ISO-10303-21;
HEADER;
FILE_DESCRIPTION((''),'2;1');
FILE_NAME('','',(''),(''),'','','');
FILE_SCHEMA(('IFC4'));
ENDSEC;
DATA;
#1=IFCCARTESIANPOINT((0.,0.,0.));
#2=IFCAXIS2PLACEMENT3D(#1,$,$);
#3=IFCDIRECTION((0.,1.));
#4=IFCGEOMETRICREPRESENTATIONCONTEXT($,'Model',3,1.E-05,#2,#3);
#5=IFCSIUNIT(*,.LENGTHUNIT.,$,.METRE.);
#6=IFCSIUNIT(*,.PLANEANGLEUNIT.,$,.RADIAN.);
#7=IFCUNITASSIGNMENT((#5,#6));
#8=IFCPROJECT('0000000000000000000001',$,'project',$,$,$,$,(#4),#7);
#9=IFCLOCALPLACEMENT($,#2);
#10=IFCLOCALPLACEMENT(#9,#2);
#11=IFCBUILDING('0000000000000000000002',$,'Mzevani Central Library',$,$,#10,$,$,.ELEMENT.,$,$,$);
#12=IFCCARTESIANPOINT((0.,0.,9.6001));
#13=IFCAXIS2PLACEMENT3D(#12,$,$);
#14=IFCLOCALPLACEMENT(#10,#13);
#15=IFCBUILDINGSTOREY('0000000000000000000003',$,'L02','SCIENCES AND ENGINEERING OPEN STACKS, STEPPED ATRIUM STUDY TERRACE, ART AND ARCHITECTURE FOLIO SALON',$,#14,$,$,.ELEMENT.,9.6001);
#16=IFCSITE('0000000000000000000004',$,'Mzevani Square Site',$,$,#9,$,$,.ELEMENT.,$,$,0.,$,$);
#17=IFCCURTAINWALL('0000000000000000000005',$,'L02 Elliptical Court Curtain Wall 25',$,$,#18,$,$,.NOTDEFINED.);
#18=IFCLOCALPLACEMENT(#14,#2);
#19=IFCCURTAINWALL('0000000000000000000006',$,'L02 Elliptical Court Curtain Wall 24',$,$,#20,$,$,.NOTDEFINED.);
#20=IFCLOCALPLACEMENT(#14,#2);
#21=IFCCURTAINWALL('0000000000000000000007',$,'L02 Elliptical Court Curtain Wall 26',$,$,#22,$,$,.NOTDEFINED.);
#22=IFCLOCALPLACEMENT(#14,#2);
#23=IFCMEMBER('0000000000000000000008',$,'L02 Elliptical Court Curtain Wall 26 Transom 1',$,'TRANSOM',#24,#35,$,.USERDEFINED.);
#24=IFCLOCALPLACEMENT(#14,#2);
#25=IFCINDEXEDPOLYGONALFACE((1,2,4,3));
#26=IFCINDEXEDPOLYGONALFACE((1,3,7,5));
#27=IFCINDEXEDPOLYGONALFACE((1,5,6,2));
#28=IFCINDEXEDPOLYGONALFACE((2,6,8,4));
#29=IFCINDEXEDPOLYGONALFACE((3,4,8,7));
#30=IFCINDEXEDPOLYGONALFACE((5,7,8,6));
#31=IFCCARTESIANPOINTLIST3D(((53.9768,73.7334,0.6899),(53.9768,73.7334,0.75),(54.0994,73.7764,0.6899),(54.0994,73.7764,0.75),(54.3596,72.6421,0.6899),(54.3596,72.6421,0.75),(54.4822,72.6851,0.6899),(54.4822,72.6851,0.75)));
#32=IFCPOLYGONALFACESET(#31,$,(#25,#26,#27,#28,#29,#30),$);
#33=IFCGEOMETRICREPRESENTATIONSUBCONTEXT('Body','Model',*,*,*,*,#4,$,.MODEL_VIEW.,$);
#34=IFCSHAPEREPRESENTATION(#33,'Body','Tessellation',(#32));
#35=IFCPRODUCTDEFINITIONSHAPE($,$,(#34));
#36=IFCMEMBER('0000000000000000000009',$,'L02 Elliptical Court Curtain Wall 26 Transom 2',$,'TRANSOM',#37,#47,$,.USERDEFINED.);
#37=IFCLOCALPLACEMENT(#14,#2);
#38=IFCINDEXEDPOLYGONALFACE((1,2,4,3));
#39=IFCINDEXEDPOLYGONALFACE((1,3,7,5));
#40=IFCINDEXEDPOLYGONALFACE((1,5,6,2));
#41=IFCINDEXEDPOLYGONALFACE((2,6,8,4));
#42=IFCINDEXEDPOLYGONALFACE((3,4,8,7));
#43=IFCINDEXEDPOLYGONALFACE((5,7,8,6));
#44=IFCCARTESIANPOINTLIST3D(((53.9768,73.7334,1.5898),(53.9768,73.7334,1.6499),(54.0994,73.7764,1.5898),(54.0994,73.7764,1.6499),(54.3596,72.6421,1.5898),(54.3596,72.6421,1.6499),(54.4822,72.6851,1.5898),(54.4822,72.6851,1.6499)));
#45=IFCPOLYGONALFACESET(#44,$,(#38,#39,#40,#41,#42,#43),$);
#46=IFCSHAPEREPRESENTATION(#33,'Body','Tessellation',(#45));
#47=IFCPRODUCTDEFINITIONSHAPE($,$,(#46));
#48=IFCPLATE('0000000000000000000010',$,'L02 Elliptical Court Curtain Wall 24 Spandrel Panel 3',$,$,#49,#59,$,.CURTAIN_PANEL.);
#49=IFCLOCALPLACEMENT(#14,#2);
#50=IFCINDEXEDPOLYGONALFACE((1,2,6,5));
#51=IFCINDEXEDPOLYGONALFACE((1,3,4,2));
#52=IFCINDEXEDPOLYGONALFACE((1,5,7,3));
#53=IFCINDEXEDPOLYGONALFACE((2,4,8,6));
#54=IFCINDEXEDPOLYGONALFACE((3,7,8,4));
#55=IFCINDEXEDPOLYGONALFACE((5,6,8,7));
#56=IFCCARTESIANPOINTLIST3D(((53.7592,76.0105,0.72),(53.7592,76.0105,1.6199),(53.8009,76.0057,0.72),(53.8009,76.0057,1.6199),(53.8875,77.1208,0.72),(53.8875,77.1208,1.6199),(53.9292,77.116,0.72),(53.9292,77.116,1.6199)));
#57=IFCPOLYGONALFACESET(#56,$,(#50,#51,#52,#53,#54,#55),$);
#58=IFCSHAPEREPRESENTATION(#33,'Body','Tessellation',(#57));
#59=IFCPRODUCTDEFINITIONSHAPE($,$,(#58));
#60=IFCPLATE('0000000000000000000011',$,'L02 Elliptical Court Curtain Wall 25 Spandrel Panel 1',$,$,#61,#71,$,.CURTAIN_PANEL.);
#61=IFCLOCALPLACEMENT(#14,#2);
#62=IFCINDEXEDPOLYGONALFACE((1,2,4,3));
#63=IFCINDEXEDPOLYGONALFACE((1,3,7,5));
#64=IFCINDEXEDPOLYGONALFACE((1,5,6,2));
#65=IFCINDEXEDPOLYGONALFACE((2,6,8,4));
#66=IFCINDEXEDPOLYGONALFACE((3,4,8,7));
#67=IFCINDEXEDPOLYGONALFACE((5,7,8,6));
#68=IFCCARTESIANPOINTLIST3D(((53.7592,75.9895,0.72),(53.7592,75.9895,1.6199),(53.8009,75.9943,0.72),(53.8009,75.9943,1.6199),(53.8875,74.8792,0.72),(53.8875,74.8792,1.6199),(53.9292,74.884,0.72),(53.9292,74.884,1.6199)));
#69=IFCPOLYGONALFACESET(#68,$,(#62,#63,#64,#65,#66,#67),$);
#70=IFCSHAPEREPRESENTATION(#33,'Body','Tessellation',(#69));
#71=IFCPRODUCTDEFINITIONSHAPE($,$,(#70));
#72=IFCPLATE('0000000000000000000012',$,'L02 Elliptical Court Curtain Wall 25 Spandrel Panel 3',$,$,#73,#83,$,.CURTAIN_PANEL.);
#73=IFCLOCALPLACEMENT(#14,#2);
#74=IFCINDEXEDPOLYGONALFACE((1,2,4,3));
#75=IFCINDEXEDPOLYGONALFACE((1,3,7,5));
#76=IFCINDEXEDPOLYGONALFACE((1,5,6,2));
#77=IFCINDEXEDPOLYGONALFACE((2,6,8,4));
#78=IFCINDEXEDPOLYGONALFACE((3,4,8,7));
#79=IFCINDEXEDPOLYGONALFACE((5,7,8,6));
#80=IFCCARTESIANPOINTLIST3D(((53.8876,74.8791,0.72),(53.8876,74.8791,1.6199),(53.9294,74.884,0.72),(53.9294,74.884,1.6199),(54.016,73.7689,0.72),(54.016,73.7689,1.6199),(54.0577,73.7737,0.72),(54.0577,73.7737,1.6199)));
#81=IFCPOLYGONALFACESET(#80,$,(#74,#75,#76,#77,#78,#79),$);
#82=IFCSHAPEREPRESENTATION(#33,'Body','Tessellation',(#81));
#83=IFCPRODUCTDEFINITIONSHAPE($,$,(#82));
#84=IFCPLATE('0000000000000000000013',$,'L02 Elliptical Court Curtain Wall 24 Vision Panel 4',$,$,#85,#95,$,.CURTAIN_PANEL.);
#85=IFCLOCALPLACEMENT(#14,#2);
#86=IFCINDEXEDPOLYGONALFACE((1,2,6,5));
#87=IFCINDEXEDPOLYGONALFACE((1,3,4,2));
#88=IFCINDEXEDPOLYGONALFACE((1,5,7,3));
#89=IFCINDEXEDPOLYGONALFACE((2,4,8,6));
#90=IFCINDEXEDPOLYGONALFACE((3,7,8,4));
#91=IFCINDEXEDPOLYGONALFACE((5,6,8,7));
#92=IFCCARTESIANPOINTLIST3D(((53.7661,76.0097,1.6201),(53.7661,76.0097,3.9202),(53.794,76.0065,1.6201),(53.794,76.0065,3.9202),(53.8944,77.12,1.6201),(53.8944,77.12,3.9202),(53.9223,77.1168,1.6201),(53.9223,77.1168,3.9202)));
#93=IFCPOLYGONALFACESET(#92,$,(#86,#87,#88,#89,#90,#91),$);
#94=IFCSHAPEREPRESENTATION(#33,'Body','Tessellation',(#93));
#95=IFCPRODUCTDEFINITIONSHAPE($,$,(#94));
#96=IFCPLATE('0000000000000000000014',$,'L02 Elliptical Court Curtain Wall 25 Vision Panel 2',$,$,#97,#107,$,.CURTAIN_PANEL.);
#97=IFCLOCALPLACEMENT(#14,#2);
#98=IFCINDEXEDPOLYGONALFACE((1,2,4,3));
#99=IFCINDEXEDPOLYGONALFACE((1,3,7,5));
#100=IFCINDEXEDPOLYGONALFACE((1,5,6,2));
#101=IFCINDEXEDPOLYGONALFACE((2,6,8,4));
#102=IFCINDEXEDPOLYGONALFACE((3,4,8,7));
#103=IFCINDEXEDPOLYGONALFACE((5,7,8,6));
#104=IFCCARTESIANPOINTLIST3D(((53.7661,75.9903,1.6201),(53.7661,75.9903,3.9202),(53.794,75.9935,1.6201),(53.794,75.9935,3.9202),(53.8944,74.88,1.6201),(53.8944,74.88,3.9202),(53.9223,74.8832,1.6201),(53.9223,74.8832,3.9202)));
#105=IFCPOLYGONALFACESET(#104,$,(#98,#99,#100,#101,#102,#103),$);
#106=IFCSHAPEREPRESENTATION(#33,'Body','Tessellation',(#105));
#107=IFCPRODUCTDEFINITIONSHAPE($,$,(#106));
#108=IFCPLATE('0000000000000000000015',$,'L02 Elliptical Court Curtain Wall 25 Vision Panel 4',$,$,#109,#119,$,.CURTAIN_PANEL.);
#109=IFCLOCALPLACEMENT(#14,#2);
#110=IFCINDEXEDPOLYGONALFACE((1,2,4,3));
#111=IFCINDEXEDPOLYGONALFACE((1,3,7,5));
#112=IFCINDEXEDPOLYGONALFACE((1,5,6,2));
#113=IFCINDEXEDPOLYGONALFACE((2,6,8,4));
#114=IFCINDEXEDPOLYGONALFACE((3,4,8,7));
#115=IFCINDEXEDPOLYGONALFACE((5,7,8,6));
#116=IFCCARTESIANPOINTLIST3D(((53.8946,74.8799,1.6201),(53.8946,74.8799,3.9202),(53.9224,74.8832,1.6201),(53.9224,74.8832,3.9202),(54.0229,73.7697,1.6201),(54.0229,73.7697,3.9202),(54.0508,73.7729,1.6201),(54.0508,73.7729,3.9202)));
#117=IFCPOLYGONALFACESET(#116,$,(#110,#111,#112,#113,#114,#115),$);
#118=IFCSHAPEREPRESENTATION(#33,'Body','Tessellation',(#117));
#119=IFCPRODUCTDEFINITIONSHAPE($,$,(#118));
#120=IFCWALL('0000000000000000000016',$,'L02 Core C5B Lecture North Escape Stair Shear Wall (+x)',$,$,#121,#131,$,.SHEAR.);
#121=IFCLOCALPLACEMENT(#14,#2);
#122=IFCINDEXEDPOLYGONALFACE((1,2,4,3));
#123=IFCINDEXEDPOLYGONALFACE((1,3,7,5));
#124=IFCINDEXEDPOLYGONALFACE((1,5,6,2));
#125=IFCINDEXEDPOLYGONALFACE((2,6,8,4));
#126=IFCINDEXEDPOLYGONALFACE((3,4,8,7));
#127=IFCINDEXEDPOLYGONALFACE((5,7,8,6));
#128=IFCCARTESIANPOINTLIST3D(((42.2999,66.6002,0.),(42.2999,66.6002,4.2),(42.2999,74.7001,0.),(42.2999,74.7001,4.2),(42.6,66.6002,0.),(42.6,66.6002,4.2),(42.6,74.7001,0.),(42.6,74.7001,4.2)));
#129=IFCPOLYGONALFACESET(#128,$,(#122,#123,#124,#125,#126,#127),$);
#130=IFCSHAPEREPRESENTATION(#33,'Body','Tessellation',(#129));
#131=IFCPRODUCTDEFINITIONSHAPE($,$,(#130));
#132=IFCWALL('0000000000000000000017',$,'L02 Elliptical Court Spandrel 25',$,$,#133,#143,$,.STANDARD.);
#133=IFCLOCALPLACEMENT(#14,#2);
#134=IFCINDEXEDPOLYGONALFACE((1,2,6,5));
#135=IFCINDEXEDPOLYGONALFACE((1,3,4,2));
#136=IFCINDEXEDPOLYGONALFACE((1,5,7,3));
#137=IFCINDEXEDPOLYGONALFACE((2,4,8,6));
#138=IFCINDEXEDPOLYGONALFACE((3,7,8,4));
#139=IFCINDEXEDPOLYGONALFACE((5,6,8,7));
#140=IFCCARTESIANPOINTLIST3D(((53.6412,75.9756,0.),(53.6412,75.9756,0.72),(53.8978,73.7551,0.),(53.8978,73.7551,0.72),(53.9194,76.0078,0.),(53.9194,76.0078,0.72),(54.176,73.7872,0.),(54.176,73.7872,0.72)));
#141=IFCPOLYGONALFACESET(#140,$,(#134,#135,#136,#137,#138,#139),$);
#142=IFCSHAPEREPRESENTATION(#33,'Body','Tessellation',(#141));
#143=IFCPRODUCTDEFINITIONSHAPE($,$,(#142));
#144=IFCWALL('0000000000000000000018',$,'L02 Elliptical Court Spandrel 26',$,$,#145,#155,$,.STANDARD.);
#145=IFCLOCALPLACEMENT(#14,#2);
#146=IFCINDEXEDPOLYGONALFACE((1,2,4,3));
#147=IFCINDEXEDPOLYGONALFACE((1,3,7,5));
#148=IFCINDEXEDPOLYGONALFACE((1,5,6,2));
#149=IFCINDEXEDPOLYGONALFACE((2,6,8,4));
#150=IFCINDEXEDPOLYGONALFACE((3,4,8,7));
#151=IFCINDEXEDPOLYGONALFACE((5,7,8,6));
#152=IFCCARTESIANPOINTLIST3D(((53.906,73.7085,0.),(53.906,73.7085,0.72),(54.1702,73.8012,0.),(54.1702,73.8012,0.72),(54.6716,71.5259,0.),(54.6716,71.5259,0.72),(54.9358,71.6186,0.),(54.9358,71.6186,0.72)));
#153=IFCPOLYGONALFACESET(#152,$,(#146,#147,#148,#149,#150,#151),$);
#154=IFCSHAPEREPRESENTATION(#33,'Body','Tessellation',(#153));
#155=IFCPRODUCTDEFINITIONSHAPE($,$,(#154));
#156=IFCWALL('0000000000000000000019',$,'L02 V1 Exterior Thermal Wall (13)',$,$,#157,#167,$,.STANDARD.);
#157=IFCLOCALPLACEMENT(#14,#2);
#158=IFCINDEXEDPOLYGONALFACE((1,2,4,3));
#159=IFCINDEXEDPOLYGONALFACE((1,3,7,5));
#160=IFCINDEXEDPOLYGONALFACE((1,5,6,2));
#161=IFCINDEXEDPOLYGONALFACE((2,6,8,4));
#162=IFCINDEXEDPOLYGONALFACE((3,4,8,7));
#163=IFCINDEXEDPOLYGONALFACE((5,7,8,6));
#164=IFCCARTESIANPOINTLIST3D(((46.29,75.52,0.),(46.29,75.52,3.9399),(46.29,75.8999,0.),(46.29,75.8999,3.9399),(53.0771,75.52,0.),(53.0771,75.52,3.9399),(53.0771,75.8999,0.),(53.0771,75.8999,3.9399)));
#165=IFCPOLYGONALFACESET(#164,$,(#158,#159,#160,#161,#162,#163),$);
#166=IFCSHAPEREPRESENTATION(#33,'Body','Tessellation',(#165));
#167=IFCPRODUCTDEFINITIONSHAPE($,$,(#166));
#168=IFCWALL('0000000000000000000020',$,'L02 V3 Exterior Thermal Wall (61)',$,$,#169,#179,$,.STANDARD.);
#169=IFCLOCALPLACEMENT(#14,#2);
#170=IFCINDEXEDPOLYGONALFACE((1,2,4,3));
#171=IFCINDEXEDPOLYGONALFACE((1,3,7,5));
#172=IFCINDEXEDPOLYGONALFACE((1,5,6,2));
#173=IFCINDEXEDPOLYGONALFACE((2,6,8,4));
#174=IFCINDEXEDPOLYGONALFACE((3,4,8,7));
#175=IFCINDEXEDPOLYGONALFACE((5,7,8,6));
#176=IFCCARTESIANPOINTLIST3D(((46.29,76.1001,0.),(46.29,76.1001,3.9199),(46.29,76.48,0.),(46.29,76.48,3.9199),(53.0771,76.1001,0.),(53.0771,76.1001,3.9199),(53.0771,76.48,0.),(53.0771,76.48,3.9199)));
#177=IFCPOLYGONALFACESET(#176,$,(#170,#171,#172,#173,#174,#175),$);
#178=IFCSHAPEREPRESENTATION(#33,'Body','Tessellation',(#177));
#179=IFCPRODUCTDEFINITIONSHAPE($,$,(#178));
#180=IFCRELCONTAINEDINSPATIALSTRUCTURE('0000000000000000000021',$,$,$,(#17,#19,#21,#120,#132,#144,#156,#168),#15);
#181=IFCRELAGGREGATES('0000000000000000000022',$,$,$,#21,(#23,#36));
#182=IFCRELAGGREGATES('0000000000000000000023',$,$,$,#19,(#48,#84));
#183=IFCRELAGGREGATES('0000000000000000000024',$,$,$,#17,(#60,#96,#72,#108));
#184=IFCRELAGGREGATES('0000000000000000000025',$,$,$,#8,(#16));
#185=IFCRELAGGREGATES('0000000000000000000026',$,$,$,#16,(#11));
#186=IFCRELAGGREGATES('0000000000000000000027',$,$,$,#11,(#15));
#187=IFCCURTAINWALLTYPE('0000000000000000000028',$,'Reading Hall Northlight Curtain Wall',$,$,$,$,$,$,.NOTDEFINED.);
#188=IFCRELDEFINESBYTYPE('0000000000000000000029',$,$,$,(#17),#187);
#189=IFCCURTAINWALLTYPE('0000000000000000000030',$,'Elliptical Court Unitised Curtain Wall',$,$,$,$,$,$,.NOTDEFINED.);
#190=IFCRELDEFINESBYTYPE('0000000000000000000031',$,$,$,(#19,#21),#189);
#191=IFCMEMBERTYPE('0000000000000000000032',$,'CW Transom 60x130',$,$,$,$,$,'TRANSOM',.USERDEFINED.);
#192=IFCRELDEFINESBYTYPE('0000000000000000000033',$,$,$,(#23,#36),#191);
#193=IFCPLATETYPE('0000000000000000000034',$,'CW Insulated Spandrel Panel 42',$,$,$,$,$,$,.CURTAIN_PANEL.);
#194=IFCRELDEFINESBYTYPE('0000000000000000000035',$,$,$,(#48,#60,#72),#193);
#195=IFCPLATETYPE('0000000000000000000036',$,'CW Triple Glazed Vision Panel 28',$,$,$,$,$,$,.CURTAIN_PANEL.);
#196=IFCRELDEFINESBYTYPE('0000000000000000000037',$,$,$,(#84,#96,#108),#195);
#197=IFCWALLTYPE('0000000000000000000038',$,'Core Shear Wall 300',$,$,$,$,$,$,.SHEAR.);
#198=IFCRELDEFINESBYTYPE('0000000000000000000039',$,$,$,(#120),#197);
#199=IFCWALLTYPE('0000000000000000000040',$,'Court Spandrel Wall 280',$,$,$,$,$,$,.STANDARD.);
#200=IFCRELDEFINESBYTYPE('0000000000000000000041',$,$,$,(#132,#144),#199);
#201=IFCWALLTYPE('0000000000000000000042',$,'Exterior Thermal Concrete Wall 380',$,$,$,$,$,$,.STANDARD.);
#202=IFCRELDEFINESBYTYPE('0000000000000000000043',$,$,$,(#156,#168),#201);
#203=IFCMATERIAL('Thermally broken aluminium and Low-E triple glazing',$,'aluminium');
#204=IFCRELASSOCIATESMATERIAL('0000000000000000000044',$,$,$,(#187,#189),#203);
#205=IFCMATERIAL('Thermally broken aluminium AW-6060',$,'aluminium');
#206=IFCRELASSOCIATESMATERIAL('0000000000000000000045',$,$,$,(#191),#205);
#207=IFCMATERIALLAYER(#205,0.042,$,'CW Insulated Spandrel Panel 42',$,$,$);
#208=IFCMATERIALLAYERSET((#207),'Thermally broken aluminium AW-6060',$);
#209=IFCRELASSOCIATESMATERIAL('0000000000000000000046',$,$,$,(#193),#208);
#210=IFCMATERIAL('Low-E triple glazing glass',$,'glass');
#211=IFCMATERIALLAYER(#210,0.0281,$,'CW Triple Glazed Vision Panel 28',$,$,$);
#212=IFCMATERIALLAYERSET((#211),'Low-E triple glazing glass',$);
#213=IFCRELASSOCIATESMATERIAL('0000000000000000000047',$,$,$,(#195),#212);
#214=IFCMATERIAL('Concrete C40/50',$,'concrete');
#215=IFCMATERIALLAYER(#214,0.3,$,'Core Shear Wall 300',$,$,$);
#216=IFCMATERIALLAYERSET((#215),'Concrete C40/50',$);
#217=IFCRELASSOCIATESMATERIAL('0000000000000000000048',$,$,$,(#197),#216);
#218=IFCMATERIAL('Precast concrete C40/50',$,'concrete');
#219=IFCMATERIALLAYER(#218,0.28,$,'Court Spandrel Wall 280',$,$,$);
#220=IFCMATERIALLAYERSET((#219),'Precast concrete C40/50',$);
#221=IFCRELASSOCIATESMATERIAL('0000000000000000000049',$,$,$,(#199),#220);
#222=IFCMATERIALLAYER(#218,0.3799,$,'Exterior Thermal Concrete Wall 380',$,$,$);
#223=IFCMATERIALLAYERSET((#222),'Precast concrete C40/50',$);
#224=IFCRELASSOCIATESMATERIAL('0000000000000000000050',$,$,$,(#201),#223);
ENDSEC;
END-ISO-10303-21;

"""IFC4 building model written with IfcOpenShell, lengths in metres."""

from ifc_helpers import new_model, si_unit, direction, frame, frame_2d, origin, origin_2d, place, context, subcontext, project, spatial, rectangle, extrude, material, layer, layer_set, material_profile, profile_set, type_object, element, aggregate, save


model = new_model("IFC4")

# Units and contexts
model_context = context("Model", 3, precision=1e-05, world=origin(), true_north=direction((0.0, 1.0)))
body_context = subcontext(model_context, "Body", "Model", "MODEL_VIEW")
ifc_project = project(units=[si_unit("LENGTHUNIT", "METRE"), si_unit("PLANEANGLEUNIT", "RADIAN")], contexts=[model_context])

# Site, building, storey
site_placement = place(None, origin())
site = spatial("IfcSite", under=ifc_project, at=site_placement, Name="Mzevani Square Site", CompositionType="ELEMENT", RefElevation=0.0)
building_placement = place(site_placement, origin())
building = spatial("IfcBuilding", under=site, at=building_placement, Name="Mzevani Central Library", CompositionType="ELEMENT")
storey_placement = place(building_placement, frame((0.0, 0.0, 9.6001)))
storey = spatial("IfcBuildingStorey", under=building, at=storey_placement, Name="L02", Description="SCIENCES AND ENGINEERING OPEN STACKS, STEPPED ATRIUM STUDY TERRACE, ART AND ARCHITECTURE FOLIO SALON", CompositionType="ELEMENT", Elevation=9.6001)

# Shared definitions
ifc_material_1 = material(Name="Concrete C40/50", Category="concrete")

# Curtain wall
ifc_material_2 = material(Name="Thermally broken aluminium and Low-E triple glazing", Category="aluminium")
curtain_wall_type_1 = type_object("IfcCurtainWallType", Name="Reading Hall Northlight Curtain Wall", PredefinedType="NOTDEFINED", material=ifc_material_2)
curtain_wall_1_placement = place(storey_placement, origin())
curtain_wall_1 = element("IfcCurtainWall", 1, at=curtain_wall_1_placement, inside=storey, type_object=curtain_wall_type_1, Name="L02 Elliptical Court Curtain Wall 25", PredefinedType="NOTDEFINED")
ifc_material_3 = material(Name="Thermally broken aluminium AW-6060", Category="aluminium")

# Curtain wall
curtain_wall_type_2 = type_object("IfcCurtainWallType", Name="Elliptical Court Unitised Curtain Wall", PredefinedType="NOTDEFINED", material=ifc_material_2)
curtain_wall_2_placement = place(storey_placement, origin())
curtain_wall_2 = element("IfcCurtainWall", 2, at=curtain_wall_2_placement, inside=storey, type_object=curtain_wall_type_2, Name="L02 Elliptical Court Curtain Wall 24", PredefinedType="NOTDEFINED")

# Curtain wall, members
curtain_wall_3_placement = place(storey_placement, origin())
curtain_wall_3 = element("IfcCurtainWall", 3, at=curtain_wall_3_placement, inside=storey, type_object=curtain_wall_type_2, Name="L02 Elliptical Court Curtain Wall 26", PredefinedType="NOTDEFINED")
ifc_material_profile_1 = material_profile(ifc_material_3, rectangle(XDim=0.1299, YDim=0.0601, at=origin_2d()), Name="ALU T60x130")
ifc_profile_set_1 = profile_set([ifc_material_profile_1], Name="Thermally broken aluminium AW-6060")
member_type_1 = type_object("IfcMemberType", Name="CW Transom 60x130", ElementType="TRANSOM", PredefinedType="USERDEFINED", material=ifc_profile_set_1)
member_1_placement = place(storey_placement, frame((54.0381, 73.7549, 0.72), z_axis=(0.331009, -0.943628, 0.0), x_axis=(0.943628, 0.331009, 0.0)))
member_1 = element("IfcMember", 4, at=member_1_placement, type_object=member_type_1, Name="L02 Elliptical Court Curtain Wall 26 Transom 1", ObjectType="TRANSOM", PredefinedType="USERDEFINED", context=body_context, shape_type="SweptSolid", body=[
    extrude(rectangle(XDim=0.1299, YDim=0.0601, at=origin_2d()), origin(), (0.0, 0.0, 1.0), 1.1565),
])
member_2_placement = place(storey_placement, frame((54.0381, 73.7549, 1.6199), z_axis=(0.331009, -0.943628, 0.0), x_axis=(0.943628, 0.331009, 0.0)))
member_2 = element("IfcMember", 5, at=member_2_placement, type_object=member_type_1, Name="L02 Elliptical Court Curtain Wall 26 Transom 2", ObjectType="TRANSOM", PredefinedType="USERDEFINED", context=body_context, shape_type="SweptSolid", body=[
    extrude(rectangle(XDim=0.1299, YDim=0.0601, at=origin_2d()), origin(), (0.0, 0.0, 1.0), 1.1565),
])
aggregate(curtain_wall_3, [member_1, member_2])

# Plates
ifc_layer_1 = layer(ifc_material_3, 0.042, Name="CW Insulated Spandrel Panel 42")
ifc_layer_set_1 = layer_set([ifc_layer_1], Name="Thermally broken aluminium AW-6060")
plate_type_1 = type_object("IfcPlateType", Name="CW Insulated Spandrel Panel 42", PredefinedType="CURTAIN_PANEL", material=ifc_layer_set_1)
plate_1_placement = place(storey_placement, frame((53.8442, 76.5632, 0.72), z_axis=(0.0, 0.0, 1.0), x_axis=(-0.114795, -0.993389, 0.0)))
plate_1 = element("IfcPlate", 6, at=plate_1_placement, type_object=plate_type_1, Name="L02 Elliptical Court Curtain Wall 24 Spandrel Panel 3", PredefinedType="CURTAIN_PANEL", context=body_context, shape_type="SweptSolid", body=[
    extrude(rectangle(XDim=1.1177, YDim=0.042, at=origin_2d()), origin(), (0.0, 0.0, 1.0), 0.8999),
])
plate_2_placement = place(storey_placement, frame((53.8442, 75.4368, 0.72), z_axis=(0.0, 0.0, 1.0), x_axis=(0.114795, -0.993389, 0.0)))
plate_2 = element("IfcPlate", 7, at=plate_2_placement, type_object=plate_type_1, Name="L02 Elliptical Court Curtain Wall 25 Spandrel Panel 1", PredefinedType="CURTAIN_PANEL", context=body_context, shape_type="SweptSolid", body=[
    extrude(rectangle(XDim=1.1177, YDim=0.042, at=origin_2d()), origin(), (0.0, 0.0, 1.0), 0.8999),
])
plate_3_placement = place(storey_placement, frame((53.9727, 74.3264, 0.72), z_axis=(0.0, 0.0, 1.0), x_axis=(0.114795, -0.993389, 0.0)))
plate_3 = element("IfcPlate", 8, at=plate_3_placement, type_object=plate_type_1, Name="L02 Elliptical Court Curtain Wall 25 Spandrel Panel 3", PredefinedType="CURTAIN_PANEL", context=body_context, shape_type="SweptSolid", body=[
    extrude(rectangle(XDim=1.1177, YDim=0.042, at=origin_2d()), origin(), (0.0, 0.0, 1.0), 0.8999),
])
ifc_material_4 = material(Name="Low-E triple glazing glass", Category="glass")
ifc_layer_2 = layer(ifc_material_4, 0.0281, Name="CW Triple Glazed Vision Panel 28")
ifc_layer_set_2 = layer_set([ifc_layer_2], Name="Low-E triple glazing glass")
plate_type_2 = type_object("IfcPlateType", Name="CW Triple Glazed Vision Panel 28", PredefinedType="CURTAIN_PANEL", material=ifc_layer_set_2)
plate_4_placement = place(storey_placement, frame((53.8442, 76.5632, 1.6201), z_axis=(0.0, 0.0, 1.0), x_axis=(-0.114795, -0.993389, 0.0)))
plate_4 = element("IfcPlate", 9, at=plate_4_placement, type_object=plate_type_2, Name="L02 Elliptical Court Curtain Wall 24 Vision Panel 4", PredefinedType="CURTAIN_PANEL", context=body_context, shape_type="SweptSolid", body=[
    extrude(rectangle(XDim=1.1177, YDim=0.0281, at=origin_2d()), origin(), (0.0, 0.0, 1.0), 2.3),
])
aggregate(curtain_wall_2, [plate_1, plate_4])
plate_5_placement = place(storey_placement, frame((53.8442, 75.4368, 1.6201), z_axis=(0.0, 0.0, 1.0), x_axis=(0.114795, -0.993389, 0.0)))
plate_5 = element("IfcPlate", 10, at=plate_5_placement, type_object=plate_type_2, Name="L02 Elliptical Court Curtain Wall 25 Vision Panel 2", PredefinedType="CURTAIN_PANEL", context=body_context, shape_type="SweptSolid", body=[
    extrude(rectangle(XDim=1.1177, YDim=0.0281, at=origin_2d()), origin(), (0.0, 0.0, 1.0), 2.3),
])
plate_6_placement = place(storey_placement, frame((53.9727, 74.3264, 1.6201), z_axis=(0.0, 0.0, 1.0), x_axis=(0.114795, -0.993389, 0.0)))
plate_6 = element("IfcPlate", 11, at=plate_6_placement, type_object=plate_type_2, Name="L02 Elliptical Court Curtain Wall 25 Vision Panel 4", PredefinedType="CURTAIN_PANEL", context=body_context, shape_type="SweptSolid", body=[
    extrude(rectangle(XDim=1.1177, YDim=0.0281, at=origin_2d()), origin(), (0.0, 0.0, 1.0), 2.3),
])
aggregate(curtain_wall_1, [plate_2, plate_5, plate_3, plate_6])

# Walls
ifc_layer_3 = layer(ifc_material_1, 0.3, Name="Core Shear Wall 300")
ifc_layer_set_3 = layer_set([ifc_layer_3], Name="Concrete C40/50")
wall_type_1 = type_object("IfcWallType", Name="Core Shear Wall 300", PredefinedType="SHEAR", material=ifc_layer_set_3)
wall_1_placement = place(storey_placement, frame((42.45, 74.7, 0.0), z_axis=(0.0, 0.0, 1.0), x_axis=(0.0, -1.0, 0.0)))
element("IfcWall", 12, at=wall_1_placement, inside=storey, type_object=wall_type_1, Name="L02 Core C5B Lecture North Escape Stair Shear Wall (+x)", PredefinedType="SHEAR", context=body_context, shape_type="SweptSolid", body=[
    extrude(rectangle(XDim=8.0999, YDim=0.3, at=frame_2d((4.0498, 0.0))), origin(), (0.0, 0.0, 1.0), 4.2),
])
ifc_material_5 = material(Name="Precast concrete C40/50", Category="concrete")
ifc_layer_4 = layer(ifc_material_5, 0.28, Name="Court Spandrel Wall 280")
ifc_layer_set_4 = layer_set([ifc_layer_4], Name="Precast concrete C40/50")
wall_type_2 = type_object("IfcWallType", Name="Court Spandrel Wall 280", PredefinedType="STANDARD", material=ifc_layer_set_4)
wall_2_placement = place(storey_placement, frame((53.7803, 75.9917, 0.0), z_axis=(0.0, 0.0, 1.0), x_axis=(0.114794, -0.993389, 0.0)))
element("IfcWall", 13, at=wall_2_placement, inside=storey, type_object=wall_type_2, Name="L02 Elliptical Court Spandrel 25", PredefinedType="STANDARD", context=body_context, shape_type="SweptSolid", body=[
    extrude(rectangle(XDim=2.2354, YDim=0.28, at=frame_2d((1.1177, 0.0))), origin(), (0.0, 0.0, 1.0), 0.72),
])
wall_3_placement = place(storey_placement, frame((54.0381, 73.7549, 0.0), z_axis=(0.0, 0.0, 1.0), x_axis=(0.331009, -0.943628, 0.0)))
element("IfcWall", 14, at=wall_3_placement, inside=storey, type_object=wall_type_2, Name="L02 Elliptical Court Spandrel 26", PredefinedType="STANDARD", context=body_context, shape_type="SweptSolid", body=[
    extrude(rectangle(XDim=2.313, YDim=0.28, at=frame_2d((1.1565, 0.0))), origin(), (0.0, 0.0, 1.0), 0.72),
])
ifc_layer_5 = layer(ifc_material_5, 0.3799, Name="Exterior Thermal Concrete Wall 380")
ifc_layer_set_5 = layer_set([ifc_layer_5], Name="Precast concrete C40/50")
wall_type_3 = type_object("IfcWallType", Name="Exterior Thermal Concrete Wall 380", PredefinedType="STANDARD", material=ifc_layer_set_5)
wall_4_placement = place(storey_placement, frame((46.29, 75.71, 0.0), z_axis=(0.0, 0.0, 1.0), x_axis=(1.0, 0.0, 0.0)))
element("IfcWall", 15, at=wall_4_placement, inside=storey, type_object=wall_type_3, Name="L02 V1 Exterior Thermal Wall (13)", PredefinedType="STANDARD", context=body_context, shape_type="SweptSolid", body=[
    extrude(rectangle(XDim=6.7871, YDim=0.3799, at=frame_2d((3.3936, 0.0))), origin(), (0.0, 0.0, 1.0), 3.9399),
])
wall_5_placement = place(storey_placement, frame((53.0771, 76.29, 0.0), z_axis=(0.0, 0.0, 1.0), x_axis=(-1.0, 0.0, 0.0)))
element("IfcWall", 16, at=wall_5_placement, inside=storey, type_object=wall_type_3, Name="L02 V3 Exterior Thermal Wall (61)", PredefinedType="STANDARD", context=body_context, shape_type="SweptSolid", body=[
    extrude(rectangle(XDim=6.7871, YDim=0.3799, at=frame_2d((3.3936, 0.0))), origin(), (0.0, 0.0, 1.0), 3.9199),
])

save(model, "model.ifc")
